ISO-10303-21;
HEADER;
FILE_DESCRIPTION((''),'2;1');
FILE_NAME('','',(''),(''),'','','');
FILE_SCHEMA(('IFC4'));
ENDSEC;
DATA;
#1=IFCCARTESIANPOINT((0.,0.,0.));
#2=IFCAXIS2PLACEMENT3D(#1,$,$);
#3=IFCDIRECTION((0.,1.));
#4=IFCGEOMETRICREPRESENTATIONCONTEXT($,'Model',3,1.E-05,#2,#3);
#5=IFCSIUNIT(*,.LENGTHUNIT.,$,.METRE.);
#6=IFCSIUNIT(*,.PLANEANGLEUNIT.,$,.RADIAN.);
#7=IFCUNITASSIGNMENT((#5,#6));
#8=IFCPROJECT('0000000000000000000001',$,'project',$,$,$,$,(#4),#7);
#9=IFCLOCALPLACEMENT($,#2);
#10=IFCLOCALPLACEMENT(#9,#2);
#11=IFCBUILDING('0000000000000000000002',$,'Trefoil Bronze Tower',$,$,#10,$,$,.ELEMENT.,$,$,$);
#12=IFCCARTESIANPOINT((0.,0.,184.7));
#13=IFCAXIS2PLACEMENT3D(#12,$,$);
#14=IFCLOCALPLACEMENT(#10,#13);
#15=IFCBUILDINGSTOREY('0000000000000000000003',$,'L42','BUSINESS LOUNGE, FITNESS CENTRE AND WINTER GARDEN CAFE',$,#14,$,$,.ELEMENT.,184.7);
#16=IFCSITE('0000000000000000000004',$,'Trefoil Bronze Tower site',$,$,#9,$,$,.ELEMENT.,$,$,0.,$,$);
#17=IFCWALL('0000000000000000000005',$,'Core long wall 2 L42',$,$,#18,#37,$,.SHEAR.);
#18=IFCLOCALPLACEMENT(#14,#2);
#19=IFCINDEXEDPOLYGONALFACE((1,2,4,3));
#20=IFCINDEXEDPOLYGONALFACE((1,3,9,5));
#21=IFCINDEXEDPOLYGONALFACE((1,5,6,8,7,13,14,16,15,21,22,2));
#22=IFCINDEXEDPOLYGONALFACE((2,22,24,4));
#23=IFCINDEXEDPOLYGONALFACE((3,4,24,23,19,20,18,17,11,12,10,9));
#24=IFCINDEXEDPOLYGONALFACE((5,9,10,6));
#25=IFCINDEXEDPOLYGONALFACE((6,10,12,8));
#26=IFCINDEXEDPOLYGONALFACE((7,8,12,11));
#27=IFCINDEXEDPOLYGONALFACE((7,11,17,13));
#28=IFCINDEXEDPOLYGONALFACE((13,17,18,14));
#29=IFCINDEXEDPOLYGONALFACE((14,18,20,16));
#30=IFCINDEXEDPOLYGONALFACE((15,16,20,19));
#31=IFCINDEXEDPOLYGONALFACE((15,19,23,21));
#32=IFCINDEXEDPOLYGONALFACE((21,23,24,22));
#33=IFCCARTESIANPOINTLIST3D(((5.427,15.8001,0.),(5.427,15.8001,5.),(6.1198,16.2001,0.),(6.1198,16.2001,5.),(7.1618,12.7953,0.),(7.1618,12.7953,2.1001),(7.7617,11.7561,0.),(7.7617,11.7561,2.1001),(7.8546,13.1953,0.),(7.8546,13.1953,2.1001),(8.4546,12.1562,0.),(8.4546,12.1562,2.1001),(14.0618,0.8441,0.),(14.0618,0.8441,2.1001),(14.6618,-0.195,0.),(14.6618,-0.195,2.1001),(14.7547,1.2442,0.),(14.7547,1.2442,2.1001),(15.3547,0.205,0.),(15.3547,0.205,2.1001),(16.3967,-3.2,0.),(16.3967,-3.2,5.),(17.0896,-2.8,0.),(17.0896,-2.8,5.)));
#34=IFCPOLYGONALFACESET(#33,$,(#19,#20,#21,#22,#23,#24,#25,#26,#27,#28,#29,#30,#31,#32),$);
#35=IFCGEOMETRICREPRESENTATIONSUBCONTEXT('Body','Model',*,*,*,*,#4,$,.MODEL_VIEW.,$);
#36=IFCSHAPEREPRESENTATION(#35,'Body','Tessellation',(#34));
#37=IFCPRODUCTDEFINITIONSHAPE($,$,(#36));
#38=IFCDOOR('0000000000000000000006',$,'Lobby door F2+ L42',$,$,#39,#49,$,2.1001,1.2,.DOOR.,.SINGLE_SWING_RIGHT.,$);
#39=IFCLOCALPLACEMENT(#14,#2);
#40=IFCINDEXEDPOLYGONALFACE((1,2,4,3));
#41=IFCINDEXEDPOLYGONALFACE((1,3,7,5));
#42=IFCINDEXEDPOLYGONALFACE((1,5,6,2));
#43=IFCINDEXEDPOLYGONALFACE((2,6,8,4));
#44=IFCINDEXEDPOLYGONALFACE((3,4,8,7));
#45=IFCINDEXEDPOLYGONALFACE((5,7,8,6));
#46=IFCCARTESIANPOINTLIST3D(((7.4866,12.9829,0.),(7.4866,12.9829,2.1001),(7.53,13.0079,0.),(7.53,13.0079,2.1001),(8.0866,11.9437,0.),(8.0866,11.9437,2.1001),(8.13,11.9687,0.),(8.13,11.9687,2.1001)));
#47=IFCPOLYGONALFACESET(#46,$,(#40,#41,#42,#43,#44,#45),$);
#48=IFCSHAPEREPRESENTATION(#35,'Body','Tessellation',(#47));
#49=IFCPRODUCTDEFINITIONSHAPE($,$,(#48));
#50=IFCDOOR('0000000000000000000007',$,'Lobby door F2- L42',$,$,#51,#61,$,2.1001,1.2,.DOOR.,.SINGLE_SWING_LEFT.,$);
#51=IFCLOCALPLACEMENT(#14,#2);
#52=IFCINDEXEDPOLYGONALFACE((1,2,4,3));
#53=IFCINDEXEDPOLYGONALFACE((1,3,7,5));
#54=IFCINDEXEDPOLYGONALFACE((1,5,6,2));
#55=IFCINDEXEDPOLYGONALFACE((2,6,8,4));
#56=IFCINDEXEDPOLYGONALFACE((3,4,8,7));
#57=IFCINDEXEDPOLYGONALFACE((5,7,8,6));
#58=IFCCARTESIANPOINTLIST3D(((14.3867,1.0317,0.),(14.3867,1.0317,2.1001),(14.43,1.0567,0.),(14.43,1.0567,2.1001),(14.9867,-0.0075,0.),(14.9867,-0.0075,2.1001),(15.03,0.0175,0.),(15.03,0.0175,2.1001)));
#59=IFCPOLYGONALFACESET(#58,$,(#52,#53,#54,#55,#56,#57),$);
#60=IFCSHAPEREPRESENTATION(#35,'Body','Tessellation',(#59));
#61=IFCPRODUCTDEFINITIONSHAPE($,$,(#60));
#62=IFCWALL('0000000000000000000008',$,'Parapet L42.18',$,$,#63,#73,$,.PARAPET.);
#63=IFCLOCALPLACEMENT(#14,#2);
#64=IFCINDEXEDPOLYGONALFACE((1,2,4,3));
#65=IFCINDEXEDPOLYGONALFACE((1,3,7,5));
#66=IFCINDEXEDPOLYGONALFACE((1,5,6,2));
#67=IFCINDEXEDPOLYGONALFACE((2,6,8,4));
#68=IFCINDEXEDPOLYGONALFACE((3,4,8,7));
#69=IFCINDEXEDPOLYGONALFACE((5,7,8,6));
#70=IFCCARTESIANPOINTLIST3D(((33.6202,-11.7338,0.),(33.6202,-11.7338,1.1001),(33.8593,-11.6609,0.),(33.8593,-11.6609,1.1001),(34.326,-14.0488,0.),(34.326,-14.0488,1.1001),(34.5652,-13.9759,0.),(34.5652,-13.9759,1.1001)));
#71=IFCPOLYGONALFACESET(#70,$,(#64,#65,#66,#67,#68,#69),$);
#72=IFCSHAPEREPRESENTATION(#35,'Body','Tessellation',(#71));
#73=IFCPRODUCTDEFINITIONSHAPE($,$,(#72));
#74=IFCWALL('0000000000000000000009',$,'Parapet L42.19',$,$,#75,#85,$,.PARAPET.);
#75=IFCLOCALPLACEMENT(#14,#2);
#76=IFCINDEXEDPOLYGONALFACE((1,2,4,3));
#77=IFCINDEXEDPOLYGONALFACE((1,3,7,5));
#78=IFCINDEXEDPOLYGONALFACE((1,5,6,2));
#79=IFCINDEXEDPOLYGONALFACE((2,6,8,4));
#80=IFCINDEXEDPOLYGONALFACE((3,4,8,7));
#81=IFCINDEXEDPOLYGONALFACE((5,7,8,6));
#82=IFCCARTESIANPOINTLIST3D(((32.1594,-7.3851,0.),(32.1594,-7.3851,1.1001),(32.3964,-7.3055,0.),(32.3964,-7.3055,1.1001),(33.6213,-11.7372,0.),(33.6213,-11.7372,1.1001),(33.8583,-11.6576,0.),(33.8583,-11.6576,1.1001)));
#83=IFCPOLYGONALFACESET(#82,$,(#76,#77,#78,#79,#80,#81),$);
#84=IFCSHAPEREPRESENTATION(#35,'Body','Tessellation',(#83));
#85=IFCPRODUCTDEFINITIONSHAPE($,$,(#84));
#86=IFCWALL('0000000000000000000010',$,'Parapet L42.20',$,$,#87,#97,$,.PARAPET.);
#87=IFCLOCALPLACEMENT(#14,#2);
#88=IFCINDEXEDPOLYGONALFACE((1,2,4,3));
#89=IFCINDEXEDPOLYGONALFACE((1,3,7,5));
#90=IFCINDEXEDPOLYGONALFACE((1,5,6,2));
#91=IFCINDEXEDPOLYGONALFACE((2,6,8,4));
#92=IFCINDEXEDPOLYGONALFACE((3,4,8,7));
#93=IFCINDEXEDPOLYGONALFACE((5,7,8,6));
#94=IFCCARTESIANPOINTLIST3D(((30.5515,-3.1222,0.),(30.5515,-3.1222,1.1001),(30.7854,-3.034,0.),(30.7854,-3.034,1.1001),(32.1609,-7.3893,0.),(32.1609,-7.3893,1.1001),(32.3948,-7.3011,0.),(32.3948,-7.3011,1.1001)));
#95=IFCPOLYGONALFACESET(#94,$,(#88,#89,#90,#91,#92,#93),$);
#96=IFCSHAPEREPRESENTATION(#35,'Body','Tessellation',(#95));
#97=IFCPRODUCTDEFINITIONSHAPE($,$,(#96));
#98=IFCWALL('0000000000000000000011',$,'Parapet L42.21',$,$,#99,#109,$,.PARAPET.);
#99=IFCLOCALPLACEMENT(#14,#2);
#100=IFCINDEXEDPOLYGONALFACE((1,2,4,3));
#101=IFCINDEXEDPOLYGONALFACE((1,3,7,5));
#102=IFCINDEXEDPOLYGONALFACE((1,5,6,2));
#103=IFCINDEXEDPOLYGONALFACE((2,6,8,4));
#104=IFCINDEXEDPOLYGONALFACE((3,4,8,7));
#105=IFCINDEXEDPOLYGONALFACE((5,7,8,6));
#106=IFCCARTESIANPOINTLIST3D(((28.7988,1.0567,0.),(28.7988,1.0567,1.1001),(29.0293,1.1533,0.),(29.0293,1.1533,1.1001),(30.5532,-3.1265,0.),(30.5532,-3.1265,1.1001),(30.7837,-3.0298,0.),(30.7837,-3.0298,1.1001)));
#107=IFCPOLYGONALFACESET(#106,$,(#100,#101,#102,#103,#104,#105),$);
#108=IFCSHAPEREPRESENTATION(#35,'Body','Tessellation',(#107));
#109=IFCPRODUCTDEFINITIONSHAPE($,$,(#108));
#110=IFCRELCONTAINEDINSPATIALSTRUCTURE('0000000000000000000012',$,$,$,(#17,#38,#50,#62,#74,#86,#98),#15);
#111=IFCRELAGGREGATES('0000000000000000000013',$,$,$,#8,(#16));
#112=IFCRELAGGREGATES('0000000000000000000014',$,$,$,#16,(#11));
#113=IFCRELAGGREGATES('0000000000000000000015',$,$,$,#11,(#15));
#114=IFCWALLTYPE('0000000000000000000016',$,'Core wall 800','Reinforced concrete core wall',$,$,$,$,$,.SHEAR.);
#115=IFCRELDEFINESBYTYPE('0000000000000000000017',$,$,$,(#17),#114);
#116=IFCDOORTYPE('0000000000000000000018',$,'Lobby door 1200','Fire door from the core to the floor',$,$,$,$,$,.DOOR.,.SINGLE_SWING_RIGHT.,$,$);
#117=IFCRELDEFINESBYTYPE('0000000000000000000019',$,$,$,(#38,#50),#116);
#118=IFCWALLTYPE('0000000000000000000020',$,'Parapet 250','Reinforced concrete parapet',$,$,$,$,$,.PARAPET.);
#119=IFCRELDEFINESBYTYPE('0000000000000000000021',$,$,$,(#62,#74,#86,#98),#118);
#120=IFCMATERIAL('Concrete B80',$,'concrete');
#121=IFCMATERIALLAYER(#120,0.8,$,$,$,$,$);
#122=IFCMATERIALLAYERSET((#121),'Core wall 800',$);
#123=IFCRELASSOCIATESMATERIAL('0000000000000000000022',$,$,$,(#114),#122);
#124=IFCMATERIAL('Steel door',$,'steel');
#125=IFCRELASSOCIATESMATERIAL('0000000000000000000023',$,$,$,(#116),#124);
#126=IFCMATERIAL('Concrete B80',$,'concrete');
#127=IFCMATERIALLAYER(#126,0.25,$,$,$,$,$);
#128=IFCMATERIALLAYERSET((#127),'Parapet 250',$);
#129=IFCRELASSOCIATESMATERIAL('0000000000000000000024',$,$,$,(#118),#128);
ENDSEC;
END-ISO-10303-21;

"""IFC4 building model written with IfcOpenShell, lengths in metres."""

from ifc_helpers import new_model, si_unit, direction, frame, frame_2d, origin, place, context, subcontext, project, spatial, rectangle, extrude, material, layer, layer_set, type_object, element, fill, save


model = new_model("IFC4")

# Units and contexts
model_context = context("Model", 3, precision=1e-05, world=origin(), true_north=direction((0.0, 1.0)))
body_context = subcontext(model_context, "Body", "Model", "MODEL_VIEW")
ifc_project = project(units=[si_unit("LENGTHUNIT", "METRE"), si_unit("PLANEANGLEUNIT", "RADIAN")], contexts=[model_context])

# Site, building, storey
site_placement = place(None, origin())
site = spatial("IfcSite", under=ifc_project, at=site_placement, Name="Trefoil Bronze Tower site", CompositionType="ELEMENT", RefElevation=0.0)
building_placement = place(site_placement, origin())
building = spatial("IfcBuilding", under=site, at=building_placement, Name="Trefoil Bronze Tower", CompositionType="ELEMENT")
storey_placement = place(building_placement, frame((0.0, 0.0, 184.7)))
storey = spatial("IfcBuildingStorey", under=building, at=storey_placement, Name="L42", Description="BUSINESS LOUNGE, FITNESS CENTRE AND WINTER GARDEN CAFE", CompositionType="ELEMENT", Elevation=184.7)

# Wall, openings, doors
ifc_material_1 = material(Name="Concrete B80", Category="concrete")
ifc_layer_1 = layer(ifc_material_1, 0.8)
ifc_layer_set_1 = layer_set([ifc_layer_1], Name="Core wall 800")
wall_type_1 = type_object("IfcWallType", Name="Core wall 800", Description="Reinforced concrete core wall", PredefinedType="SHEAR", material=ifc_layer_set_1)
wall_1_placement = place(storey_placement, frame((16.7432, -3.0, 0.0), z_axis=(0.0, 0.0, 1.0), x_axis=(-0.500002, 0.866024, 0.0)))
wall_1 = element("IfcWall", 1, at=wall_1_placement, inside=storey, type_object=wall_type_1, Name="Core long wall 2 L42", PredefinedType="SHEAR", context=body_context, shape_type="SweptSolid", body=[
    extrude(rectangle(XDim=21.9395, YDim=0.8, at=frame_2d((10.9697, 0.0))), origin(), (0.0, 0.0, 1.0), 5.0),
])
opening_1_placement = place(wall_1_placement, frame((17.2698, 0.0, 0.0)))
opening_1 = element("IfcOpeningElement", 2, at=opening_1_placement, cuts=wall_1, PredefinedType="OPENING", context=body_context, shape_type="SweptSolid", body=[
    extrude(rectangle(XDim=1.2, YDim=2.1001, at=frame_2d((0.6001, 1.05))), frame((0.0, 0.4099, 0.0), z_axis=(0.0, -1.0, 0.0), x_axis=(1.0, 0.0, 0.0)), (0.0, 0.0, 1.0), 0.8201),
])
opening_2_placement = place(wall_1_placement, frame((3.4697, 0.0, 0.0)))
opening_2 = element("IfcOpeningElement", 3, at=opening_2_placement, cuts=wall_1, PredefinedType="OPENING", context=body_context, shape_type="SweptSolid", body=[
    extrude(rectangle(XDim=1.2, YDim=2.1001, at=frame_2d((0.6001, 1.05))), frame((0.0, 0.4099, 0.0), z_axis=(0.0, -1.0, 0.0), x_axis=(1.0, 0.0, 0.0)), (0.0, 0.0, 1.0), 0.8201),
])
ifc_material_2 = material(Name="Steel door", Category="steel")
door_type = type_object("IfcDoorType", Name="Lobby door 1200", Description="Fire door from the core to the floor", OperationType="SINGLE_SWING_RIGHT", PredefinedType="DOOR", material=ifc_material_2)
door_1_placement = place(opening_1_placement, origin())
door_1 = element("IfcDoor", 4, at=door_1_placement, inside=storey, type_object=door_type, Name="Lobby door F2+ L42", OperationType="SINGLE_SWING_RIGHT", OverallHeight=2.1001, OverallWidth=1.2, PredefinedType="DOOR", context=body_context, shape_type="SweptSolid", body=[
    extrude(rectangle(XDim=1.2, YDim=2.1001, at=frame_2d((0.6001, 1.05))), frame((0.0, 0.0249, 0.0), z_axis=(0.0, -1.0, 0.0), x_axis=(1.0, 0.0, 0.0)), (0.0, 0.0, 1.0), 0.05),
])
fill(opening_1, door_1)
door_2_placement = place(opening_2_placement, origin())
door_2 = element("IfcDoor", 5, at=door_2_placement, inside=storey, type_object=door_type, Name="Lobby door F2- L42", OperationType="SINGLE_SWING_LEFT", OverallHeight=2.1001, OverallWidth=1.2, PredefinedType="DOOR", context=body_context, shape_type="SweptSolid", body=[
    extrude(rectangle(XDim=1.2, YDim=2.1001, at=frame_2d((0.6001, 1.05))), frame((0.0, 0.0249, 0.0), z_axis=(0.0, -1.0, 0.0), x_axis=(1.0, 0.0, 0.0)), (0.0, 0.0, 1.0), 0.05),
])
fill(opening_2, door_2)

# Walls
ifc_material_3 = material(Name="Concrete B80", Category="concrete")
ifc_layer_2 = layer(ifc_material_3, 0.25)
ifc_layer_set_2 = layer_set([ifc_layer_2], Name="Parapet 250")
wall_type_2 = type_object("IfcWallType", Name="Parapet 250", Description="Reinforced concrete parapet", PredefinedType="PARAPET", material=ifc_layer_set_2)
wall_2_placement = place(storey_placement, frame((34.4456, -14.0122, 0.0), z_axis=(0.0, 0.0, 1.0), x_axis=(-0.291639, 0.956528, 0.0)))
element("IfcWall", 6, at=wall_2_placement, inside=storey, type_object=wall_type_2, Name="Parapet L42.18", PredefinedType="PARAPET", context=body_context, shape_type="SweptSolid", body=[
    extrude(rectangle(XDim=2.4202, YDim=0.25, at=frame_2d((1.21, 0.0))), origin(), (0.0, 0.0, 1.0), 1.1001),
])
wall_3_placement = place(storey_placement, frame((33.7397, -11.6973, 0.0), z_axis=(0.0, 0.0, 1.0), x_axis=(-0.318428, 0.947947, 0.0)))
element("IfcWall", 7, at=wall_3_placement, inside=storey, type_object=wall_type_2, Name="Parapet L42.19", PredefinedType="PARAPET", context=body_context, shape_type="SweptSolid", body=[
    extrude(rectangle(XDim=4.5911, YDim=0.25, at=frame_2d((2.2954, 0.0))), origin(), (0.0, 0.0, 1.0), 1.1001),
])
wall_4_placement = place(storey_placement, frame((32.2778, -7.3452, 0.0), z_axis=(0.0, 0.0, 1.0), x_axis=(-0.352895, 0.935663, 0.0)))
element("IfcWall", 8, at=wall_4_placement, inside=storey, type_object=wall_type_2, Name="Parapet L42.20", PredefinedType="PARAPET", context=body_context, shape_type="SweptSolid", body=[
    extrude(rectangle(XDim=4.5605, YDim=0.25, at=frame_2d((2.2803, 0.0))), origin(), (0.0, 0.0, 1.0), 1.1001),
])
wall_5_placement = place(storey_placement, frame((30.6685, -3.0781, 0.0), z_axis=(0.0, 0.0, 1.0), x_axis=(-0.386762, 0.92218, 0.0)))
element("IfcWall", 9, at=wall_5_placement, inside=storey, type_object=wall_type_2, Name="Parapet L42.21", PredefinedType="PARAPET", context=body_context, shape_type="SweptSolid", body=[
    extrude(rectangle(XDim=4.5361, YDim=0.25, at=frame_2d((2.2681, 0.0))), origin(), (0.0, 0.0, 1.0), 1.1001),
])

save(model, "model.ifc")
